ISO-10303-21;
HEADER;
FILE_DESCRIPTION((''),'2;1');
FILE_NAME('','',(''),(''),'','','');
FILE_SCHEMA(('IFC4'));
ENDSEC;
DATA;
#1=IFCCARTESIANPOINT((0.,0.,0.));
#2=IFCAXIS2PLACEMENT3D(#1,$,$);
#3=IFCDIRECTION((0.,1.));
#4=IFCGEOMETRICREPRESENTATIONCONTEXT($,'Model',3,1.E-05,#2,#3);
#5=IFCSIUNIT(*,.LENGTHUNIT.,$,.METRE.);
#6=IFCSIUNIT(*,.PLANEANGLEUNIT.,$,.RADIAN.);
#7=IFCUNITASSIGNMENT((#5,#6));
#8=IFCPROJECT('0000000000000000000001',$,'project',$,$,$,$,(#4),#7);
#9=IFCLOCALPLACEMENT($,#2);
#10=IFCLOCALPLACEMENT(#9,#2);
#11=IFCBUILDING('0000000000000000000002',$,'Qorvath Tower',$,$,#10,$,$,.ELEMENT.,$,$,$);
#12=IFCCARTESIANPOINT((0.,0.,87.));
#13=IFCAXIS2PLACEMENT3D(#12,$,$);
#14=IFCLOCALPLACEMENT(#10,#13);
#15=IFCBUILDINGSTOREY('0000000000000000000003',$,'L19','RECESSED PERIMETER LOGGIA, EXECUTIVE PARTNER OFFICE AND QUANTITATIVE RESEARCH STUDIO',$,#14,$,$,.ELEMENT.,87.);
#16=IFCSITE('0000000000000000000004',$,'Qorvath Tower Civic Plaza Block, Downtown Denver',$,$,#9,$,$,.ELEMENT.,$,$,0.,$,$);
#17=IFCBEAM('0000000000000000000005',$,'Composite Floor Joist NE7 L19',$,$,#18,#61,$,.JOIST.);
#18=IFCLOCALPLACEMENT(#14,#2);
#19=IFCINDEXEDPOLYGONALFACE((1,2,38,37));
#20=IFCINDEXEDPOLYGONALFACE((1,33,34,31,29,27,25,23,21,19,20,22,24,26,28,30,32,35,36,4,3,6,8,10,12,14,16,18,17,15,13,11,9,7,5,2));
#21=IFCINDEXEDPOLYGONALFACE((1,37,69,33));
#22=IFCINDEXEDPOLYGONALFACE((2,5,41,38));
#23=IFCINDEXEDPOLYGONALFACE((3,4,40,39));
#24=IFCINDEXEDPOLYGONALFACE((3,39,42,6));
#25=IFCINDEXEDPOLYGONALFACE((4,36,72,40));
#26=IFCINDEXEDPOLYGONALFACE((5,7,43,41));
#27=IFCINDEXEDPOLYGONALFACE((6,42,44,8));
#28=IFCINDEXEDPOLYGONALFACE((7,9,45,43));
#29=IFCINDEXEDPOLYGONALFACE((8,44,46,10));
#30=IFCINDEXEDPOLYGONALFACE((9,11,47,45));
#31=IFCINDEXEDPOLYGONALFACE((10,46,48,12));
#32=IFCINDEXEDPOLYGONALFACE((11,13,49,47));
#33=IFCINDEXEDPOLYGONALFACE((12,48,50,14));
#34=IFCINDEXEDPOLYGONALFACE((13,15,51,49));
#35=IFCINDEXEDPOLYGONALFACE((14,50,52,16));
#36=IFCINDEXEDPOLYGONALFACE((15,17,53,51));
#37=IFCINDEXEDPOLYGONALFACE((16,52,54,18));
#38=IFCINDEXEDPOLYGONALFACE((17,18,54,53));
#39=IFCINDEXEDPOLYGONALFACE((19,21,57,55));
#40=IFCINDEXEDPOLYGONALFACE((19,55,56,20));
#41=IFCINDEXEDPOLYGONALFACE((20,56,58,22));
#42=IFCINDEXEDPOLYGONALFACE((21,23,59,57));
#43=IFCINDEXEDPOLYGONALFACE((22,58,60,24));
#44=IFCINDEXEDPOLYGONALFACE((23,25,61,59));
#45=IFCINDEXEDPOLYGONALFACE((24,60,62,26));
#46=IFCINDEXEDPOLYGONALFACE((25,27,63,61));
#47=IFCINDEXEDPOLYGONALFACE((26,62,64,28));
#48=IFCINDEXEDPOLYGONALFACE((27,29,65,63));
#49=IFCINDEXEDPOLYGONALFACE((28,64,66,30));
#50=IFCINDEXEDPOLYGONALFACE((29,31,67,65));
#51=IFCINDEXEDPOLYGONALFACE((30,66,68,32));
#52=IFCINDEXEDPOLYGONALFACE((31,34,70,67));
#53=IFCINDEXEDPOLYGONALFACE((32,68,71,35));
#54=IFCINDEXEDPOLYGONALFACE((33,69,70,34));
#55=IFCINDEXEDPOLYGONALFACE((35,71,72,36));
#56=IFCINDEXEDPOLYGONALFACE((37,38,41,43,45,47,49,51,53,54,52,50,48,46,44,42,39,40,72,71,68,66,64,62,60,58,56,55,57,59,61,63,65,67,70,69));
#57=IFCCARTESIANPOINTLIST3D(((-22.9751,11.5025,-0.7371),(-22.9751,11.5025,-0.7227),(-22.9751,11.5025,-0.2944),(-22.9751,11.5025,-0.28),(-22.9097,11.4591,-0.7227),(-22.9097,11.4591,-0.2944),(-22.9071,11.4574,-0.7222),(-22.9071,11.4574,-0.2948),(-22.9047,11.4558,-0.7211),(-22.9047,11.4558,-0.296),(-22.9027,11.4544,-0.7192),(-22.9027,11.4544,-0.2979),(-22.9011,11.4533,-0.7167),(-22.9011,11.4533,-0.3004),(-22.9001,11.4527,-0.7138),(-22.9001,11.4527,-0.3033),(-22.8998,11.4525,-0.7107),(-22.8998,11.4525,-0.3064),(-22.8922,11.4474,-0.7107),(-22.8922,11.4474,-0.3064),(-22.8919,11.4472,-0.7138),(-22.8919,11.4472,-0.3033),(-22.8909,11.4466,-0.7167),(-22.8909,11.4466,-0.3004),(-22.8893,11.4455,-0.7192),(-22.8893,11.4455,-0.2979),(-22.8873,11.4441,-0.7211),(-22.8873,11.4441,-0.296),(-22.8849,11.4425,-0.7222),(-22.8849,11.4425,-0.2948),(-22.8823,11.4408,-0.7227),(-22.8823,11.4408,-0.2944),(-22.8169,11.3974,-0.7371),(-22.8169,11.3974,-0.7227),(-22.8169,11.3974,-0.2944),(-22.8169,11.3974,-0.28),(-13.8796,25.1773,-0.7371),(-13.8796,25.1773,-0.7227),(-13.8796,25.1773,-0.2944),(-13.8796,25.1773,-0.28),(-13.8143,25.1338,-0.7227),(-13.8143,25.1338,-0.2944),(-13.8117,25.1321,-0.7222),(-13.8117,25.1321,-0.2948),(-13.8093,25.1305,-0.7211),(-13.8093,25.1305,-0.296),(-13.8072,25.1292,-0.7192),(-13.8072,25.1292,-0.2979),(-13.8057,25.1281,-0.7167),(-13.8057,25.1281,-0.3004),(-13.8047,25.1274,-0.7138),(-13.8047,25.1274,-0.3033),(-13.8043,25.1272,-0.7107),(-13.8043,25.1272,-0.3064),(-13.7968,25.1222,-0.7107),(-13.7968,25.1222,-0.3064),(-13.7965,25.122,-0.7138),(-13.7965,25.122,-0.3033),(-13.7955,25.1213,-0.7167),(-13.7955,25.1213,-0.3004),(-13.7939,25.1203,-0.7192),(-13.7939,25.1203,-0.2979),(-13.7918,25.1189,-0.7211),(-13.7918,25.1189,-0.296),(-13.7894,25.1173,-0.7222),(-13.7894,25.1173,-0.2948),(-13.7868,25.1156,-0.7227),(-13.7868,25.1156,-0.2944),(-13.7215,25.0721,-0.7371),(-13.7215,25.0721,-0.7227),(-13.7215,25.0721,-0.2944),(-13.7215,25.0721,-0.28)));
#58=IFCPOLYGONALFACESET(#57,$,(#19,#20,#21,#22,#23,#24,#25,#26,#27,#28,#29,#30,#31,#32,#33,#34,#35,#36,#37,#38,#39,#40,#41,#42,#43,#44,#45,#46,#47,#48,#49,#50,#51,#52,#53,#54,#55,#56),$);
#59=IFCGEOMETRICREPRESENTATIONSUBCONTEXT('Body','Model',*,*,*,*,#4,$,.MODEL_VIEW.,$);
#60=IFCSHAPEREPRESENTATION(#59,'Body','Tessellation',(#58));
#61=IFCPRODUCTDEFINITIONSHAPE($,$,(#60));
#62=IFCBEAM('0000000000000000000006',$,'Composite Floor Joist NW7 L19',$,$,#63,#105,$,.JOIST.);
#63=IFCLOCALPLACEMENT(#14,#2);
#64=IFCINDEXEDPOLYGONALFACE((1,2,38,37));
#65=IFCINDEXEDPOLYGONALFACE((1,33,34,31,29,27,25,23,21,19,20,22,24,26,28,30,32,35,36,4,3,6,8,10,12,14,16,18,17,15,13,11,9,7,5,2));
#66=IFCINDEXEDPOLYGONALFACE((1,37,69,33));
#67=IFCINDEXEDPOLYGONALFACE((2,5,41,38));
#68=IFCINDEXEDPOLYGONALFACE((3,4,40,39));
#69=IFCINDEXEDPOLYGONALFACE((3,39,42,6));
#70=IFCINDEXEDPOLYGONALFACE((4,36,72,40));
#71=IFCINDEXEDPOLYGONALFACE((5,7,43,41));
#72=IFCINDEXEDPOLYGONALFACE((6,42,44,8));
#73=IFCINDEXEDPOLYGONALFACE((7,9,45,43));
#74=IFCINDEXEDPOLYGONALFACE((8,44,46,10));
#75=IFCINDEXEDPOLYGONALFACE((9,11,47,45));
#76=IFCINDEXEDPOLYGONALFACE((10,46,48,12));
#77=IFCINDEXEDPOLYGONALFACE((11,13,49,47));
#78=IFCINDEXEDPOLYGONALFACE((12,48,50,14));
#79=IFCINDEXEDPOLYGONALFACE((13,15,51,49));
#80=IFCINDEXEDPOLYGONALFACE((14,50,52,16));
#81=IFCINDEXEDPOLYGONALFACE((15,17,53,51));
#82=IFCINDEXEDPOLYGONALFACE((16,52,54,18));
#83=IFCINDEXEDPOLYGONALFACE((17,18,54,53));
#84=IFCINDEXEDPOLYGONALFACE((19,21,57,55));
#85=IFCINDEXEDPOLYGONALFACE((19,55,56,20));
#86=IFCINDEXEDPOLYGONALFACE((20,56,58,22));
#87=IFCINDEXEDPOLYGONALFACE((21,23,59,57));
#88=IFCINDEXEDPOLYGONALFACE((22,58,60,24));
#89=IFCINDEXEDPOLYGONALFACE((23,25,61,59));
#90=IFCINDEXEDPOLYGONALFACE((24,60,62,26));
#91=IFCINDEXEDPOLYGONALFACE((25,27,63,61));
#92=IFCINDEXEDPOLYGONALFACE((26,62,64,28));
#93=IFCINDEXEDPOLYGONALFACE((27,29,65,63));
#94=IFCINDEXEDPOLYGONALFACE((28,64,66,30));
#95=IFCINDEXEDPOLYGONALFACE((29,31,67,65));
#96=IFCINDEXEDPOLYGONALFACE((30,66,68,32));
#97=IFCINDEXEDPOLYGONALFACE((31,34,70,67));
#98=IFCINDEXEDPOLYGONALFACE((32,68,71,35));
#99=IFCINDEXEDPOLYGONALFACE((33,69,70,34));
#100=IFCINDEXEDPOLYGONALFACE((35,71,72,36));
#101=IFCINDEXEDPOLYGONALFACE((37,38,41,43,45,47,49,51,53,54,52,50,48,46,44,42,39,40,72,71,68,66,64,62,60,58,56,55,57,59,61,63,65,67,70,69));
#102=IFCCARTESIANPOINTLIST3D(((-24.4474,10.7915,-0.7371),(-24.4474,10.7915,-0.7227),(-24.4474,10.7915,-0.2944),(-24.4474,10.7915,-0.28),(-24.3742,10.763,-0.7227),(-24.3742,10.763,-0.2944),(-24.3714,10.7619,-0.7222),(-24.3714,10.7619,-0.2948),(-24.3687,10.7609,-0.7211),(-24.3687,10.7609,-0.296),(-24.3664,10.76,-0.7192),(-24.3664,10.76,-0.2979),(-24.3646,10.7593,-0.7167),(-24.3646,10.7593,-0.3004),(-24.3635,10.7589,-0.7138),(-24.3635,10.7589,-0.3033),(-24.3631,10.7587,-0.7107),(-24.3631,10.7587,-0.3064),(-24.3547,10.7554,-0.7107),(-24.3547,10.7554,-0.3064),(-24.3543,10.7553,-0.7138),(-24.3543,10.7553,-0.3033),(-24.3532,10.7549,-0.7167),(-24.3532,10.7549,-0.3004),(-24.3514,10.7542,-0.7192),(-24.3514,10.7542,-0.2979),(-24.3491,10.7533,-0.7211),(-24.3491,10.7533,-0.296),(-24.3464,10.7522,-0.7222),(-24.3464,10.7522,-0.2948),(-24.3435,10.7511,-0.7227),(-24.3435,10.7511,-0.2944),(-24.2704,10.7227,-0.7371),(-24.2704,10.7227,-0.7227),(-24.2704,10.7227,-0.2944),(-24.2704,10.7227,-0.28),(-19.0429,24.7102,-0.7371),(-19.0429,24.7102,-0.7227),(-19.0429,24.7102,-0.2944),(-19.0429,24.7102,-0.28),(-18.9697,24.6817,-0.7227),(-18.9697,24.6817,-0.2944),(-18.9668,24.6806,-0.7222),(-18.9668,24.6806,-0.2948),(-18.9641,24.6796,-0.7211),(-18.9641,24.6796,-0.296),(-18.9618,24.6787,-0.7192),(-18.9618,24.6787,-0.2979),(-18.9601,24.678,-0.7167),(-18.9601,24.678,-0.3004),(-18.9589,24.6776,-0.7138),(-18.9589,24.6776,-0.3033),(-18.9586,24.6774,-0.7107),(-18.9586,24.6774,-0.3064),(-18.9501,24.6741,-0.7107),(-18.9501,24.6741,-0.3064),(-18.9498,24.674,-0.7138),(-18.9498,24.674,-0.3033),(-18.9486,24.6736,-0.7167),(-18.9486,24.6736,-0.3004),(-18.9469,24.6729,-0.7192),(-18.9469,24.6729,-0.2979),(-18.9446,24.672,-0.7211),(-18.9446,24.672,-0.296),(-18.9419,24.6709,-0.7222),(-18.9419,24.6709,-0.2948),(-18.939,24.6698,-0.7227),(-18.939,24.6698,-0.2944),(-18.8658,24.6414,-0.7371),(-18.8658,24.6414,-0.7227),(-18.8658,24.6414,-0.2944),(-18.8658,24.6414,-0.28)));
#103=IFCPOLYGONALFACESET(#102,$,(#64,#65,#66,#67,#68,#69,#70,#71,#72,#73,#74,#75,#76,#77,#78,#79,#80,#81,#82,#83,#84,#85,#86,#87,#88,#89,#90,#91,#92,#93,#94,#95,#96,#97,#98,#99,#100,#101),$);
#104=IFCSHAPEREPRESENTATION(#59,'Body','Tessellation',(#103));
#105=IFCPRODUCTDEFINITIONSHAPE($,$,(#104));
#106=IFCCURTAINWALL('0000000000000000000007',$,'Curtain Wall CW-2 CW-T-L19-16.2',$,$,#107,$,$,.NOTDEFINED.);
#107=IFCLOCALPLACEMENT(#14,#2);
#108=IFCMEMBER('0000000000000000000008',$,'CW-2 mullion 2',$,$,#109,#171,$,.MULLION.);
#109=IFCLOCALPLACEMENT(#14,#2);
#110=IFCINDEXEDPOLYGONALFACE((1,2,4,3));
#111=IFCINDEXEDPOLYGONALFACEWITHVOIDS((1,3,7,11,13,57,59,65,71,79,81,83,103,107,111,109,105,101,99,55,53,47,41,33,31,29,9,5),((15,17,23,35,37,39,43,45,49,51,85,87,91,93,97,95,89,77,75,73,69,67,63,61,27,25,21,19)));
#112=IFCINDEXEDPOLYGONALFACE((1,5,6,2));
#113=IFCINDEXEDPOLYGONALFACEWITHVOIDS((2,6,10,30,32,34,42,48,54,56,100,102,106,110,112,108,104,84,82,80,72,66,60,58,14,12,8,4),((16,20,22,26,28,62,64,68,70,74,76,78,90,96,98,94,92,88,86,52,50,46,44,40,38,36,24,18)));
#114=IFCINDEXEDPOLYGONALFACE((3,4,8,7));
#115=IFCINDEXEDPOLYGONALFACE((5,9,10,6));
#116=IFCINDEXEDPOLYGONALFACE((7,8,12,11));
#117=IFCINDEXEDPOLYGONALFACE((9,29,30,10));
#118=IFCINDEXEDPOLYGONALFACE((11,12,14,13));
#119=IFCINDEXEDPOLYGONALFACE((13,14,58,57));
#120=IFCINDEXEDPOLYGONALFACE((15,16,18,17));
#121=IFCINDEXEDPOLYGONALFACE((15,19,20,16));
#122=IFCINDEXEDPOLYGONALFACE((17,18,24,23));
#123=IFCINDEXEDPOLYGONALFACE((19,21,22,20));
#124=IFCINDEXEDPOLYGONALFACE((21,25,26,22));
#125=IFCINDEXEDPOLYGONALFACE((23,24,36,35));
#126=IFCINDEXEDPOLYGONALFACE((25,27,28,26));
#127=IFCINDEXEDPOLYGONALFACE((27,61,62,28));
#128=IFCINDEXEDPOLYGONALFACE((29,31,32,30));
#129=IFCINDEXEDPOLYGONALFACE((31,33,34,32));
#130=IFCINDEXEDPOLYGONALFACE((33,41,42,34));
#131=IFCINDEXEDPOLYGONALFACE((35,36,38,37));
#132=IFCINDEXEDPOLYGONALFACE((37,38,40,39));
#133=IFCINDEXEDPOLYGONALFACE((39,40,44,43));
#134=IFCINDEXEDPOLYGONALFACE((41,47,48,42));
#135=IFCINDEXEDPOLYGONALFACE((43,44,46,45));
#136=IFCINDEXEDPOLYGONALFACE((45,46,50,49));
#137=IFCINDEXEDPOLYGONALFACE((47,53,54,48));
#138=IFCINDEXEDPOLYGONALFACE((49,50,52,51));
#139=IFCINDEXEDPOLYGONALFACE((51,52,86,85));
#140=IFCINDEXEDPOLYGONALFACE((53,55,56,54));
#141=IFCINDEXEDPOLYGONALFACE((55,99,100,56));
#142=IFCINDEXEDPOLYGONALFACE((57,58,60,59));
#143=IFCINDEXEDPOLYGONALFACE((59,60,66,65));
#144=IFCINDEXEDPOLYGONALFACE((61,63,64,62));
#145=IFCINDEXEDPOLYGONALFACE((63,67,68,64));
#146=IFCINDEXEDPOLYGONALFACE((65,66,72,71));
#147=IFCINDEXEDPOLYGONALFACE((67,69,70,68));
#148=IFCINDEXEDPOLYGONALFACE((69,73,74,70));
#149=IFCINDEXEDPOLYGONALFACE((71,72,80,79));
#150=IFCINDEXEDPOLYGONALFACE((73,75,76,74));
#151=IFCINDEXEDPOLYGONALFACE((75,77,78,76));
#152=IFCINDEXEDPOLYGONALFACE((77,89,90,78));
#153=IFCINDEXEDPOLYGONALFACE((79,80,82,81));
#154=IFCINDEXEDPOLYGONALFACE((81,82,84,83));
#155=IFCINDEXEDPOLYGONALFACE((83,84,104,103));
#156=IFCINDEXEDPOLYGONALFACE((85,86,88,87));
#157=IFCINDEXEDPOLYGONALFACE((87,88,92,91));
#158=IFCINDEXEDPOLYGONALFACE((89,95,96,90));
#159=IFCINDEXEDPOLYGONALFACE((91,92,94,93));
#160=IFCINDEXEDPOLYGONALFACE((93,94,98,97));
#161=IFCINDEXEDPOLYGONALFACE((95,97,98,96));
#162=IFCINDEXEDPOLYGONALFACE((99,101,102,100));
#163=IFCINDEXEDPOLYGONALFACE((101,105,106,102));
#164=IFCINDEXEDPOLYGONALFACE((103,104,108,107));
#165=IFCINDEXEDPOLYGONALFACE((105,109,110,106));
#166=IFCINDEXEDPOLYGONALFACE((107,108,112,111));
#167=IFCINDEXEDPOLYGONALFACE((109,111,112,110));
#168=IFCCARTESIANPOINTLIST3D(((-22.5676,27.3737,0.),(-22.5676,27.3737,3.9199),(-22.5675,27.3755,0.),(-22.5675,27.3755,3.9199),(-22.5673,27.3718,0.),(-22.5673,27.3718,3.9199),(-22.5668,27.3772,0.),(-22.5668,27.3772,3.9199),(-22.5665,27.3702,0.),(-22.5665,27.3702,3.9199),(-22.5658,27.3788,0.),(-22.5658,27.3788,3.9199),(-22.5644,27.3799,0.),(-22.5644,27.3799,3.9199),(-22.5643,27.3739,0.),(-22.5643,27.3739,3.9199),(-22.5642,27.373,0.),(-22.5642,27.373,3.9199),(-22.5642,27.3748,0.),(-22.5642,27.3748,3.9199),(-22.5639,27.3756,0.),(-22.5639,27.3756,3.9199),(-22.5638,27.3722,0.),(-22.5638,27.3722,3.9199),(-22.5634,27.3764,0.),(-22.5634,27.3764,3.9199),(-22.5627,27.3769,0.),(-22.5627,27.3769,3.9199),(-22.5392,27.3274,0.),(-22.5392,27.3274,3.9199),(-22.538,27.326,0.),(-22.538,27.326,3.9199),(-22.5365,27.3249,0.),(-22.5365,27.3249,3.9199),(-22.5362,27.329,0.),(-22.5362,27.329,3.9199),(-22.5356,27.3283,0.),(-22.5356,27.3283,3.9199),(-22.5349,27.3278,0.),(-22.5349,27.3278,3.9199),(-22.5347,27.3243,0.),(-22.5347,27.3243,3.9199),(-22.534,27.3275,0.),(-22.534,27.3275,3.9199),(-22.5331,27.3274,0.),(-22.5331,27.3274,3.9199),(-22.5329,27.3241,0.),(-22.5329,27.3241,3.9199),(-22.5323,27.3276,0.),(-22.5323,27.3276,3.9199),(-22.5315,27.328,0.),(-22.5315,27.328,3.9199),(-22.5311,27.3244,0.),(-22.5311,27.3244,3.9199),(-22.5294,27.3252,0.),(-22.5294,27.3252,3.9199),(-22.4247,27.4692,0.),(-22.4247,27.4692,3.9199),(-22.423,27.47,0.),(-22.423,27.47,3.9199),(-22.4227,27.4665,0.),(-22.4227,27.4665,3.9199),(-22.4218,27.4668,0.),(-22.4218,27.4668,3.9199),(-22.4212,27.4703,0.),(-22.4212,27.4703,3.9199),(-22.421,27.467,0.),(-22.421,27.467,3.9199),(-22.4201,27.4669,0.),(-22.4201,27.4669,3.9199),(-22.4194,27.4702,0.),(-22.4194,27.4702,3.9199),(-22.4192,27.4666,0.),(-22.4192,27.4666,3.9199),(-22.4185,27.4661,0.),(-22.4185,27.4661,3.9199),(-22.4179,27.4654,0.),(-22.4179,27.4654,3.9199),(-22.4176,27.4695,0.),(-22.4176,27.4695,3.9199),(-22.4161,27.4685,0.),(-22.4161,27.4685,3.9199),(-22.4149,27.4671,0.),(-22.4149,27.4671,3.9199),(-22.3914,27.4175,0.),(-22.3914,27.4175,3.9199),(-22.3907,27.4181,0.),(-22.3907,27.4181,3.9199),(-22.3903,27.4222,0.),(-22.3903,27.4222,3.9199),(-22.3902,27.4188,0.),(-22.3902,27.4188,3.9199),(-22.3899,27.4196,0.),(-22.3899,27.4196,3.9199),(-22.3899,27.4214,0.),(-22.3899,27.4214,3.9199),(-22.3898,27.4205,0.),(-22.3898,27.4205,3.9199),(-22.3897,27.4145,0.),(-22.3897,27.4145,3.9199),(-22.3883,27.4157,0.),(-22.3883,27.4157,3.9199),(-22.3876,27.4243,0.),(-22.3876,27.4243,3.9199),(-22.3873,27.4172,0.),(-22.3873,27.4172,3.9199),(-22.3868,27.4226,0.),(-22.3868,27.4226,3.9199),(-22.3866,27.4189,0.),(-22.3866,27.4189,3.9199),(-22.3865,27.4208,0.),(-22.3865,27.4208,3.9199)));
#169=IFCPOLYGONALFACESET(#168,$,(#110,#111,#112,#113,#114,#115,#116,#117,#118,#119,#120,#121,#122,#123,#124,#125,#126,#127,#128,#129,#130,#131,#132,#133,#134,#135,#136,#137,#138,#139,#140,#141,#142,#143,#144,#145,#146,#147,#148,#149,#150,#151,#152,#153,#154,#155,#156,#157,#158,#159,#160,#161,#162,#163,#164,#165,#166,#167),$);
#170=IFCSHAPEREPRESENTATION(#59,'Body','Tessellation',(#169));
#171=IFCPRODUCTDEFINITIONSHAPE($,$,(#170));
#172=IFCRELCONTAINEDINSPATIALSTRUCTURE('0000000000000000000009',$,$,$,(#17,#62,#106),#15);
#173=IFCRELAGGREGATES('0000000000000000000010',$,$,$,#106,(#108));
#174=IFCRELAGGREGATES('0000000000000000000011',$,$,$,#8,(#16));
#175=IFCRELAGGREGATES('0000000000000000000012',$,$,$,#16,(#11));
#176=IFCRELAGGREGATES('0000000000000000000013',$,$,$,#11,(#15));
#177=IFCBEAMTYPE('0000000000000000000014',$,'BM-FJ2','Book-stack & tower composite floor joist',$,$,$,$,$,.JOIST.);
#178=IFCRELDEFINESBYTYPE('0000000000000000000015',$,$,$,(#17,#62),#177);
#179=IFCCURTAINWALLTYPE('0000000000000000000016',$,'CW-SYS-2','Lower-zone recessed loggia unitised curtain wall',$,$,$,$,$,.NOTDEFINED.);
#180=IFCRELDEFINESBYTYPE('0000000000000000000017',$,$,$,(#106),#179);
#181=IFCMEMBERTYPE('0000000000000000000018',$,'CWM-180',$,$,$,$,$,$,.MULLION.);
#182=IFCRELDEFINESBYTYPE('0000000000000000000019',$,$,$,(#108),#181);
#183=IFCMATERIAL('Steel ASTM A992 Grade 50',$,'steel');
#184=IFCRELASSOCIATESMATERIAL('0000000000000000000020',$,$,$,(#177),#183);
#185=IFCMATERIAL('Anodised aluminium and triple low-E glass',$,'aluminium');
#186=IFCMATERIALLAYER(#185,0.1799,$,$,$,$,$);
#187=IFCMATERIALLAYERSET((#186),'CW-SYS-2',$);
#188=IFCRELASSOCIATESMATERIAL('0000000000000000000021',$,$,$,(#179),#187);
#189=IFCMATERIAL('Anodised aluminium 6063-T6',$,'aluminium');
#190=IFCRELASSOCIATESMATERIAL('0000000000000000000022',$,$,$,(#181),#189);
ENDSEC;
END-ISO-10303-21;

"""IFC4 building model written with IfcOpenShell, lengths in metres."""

from ifc_helpers import new_model, si_unit, direction, frame, origin, origin_2d, place, context, subcontext, project, spatial, hollow_rectangle, i_section, extrude, material, layer, layer_set, material_profile, profile_set, type_object, element, aggregate, save


model = new_model("IFC4")

# Units and contexts
model_context = context("Model", 3, precision=1e-05, world=origin(), true_north=direction((0.0, 1.0)))
body_context = subcontext(model_context, "Body", "Model", "MODEL_VIEW")
ifc_project = project(units=[si_unit("LENGTHUNIT", "METRE"), si_unit("PLANEANGLEUNIT", "RADIAN")], contexts=[model_context])

# Site, building, storey
site_placement = place(None, origin())
site = spatial("IfcSite", under=ifc_project, at=site_placement, Name="Qorvath Tower Civic Plaza Block, Downtown Denver", CompositionType="ELEMENT", RefElevation=0.0)
building_placement = place(site_placement, origin())
building = spatial("IfcBuilding", under=site, at=building_placement, Name="Qorvath Tower", CompositionType="ELEMENT")
storey_placement = place(building_placement, frame((0.0, 0.0, 87.0)))
storey = spatial("IfcBuildingStorey", under=building, at=storey_placement, Name="L19", Description="RECESSED PERIMETER LOGGIA, EXECUTIVE PARTNER OFFICE AND QUANTITATIVE RESEARCH STUDIO", CompositionType="ELEMENT", Elevation=87.0)

# Beams
ifc_material_1 = material(Name="Steel ASTM A992 Grade 50", Category="steel")
ifc_material_profile_1 = material_profile(ifc_material_1, i_section(OverallWidth=0.1899, OverallDepth=0.457, WebThickness=0.009, FlangeThickness=0.0144, FilletRadius=0.012, at=origin_2d()), Name="W18x50")
ifc_profile_set_1 = profile_set([ifc_material_profile_1], Name="Steel ASTM A992 Grade 50")
beam_type_1 = type_object("IfcBeamType", Name="BM-FJ2", Description="Book-stack & tower composite floor joist", PredefinedType="JOIST", material=ifc_profile_set_1)
beam_1_placement = place(storey_placement, frame((-22.896, 11.45, -0.5085), z_axis=(0.553811, 0.832642, 0.0), x_axis=(-0.832642, 0.553811, 0.0)))
element("IfcBeam", 1, at=beam_1_placement, inside=storey, type_object=beam_type_1, Name="Composite Floor Joist NE7 L19", PredefinedType="JOIST", context=body_context, shape_type="SweptSolid", body=[
    extrude(i_section(OverallWidth=0.1899, OverallDepth=0.457, WebThickness=0.009, FlangeThickness=0.0144, FilletRadius=0.012, at=origin_2d()), origin(), (0.0, 0.0, 1.0), 16.4233),
])
beam_2_placement = place(storey_placement, frame((-24.3589, 10.7571, -0.5085), z_axis=(0.361964, 0.932192, 0.0), x_axis=(-0.932192, 0.361964, 0.0)))
element("IfcBeam", 2, at=beam_2_placement, inside=storey, type_object=beam_type_1, Name="Composite Floor Joist NW7 L19", PredefinedType="JOIST", context=body_context, shape_type="SweptSolid", body=[
    extrude(i_section(OverallWidth=0.1899, OverallDepth=0.457, WebThickness=0.009, FlangeThickness=0.0144, FilletRadius=0.012, at=origin_2d()), origin(), (0.0, 0.0, 1.0), 14.9312),
])

# Curtain wall, member
ifc_material_2 = material(Name="Anodised aluminium and triple low-E glass", Category="aluminium")
ifc_layer_1 = layer(ifc_material_2, 0.1799)
ifc_layer_set_1 = layer_set([ifc_layer_1], Name="CW-SYS-2")
curtain_wall_type = type_object("IfcCurtainWallType", Name="CW-SYS-2", Description="Lower-zone recessed loggia unitised curtain wall", PredefinedType="NOTDEFINED", material=ifc_layer_set_1)
curtain_wall_placement = place(storey_placement, origin())
curtain_wall = element("IfcCurtainWall", 3, at=curtain_wall_placement, inside=storey, type_object=curtain_wall_type, Name="Curtain Wall CW-2 CW-T-L19-16.2", PredefinedType="NOTDEFINED")
ifc_material_3 = material(Name="Anodised aluminium 6063-T6", Category="aluminium")
ifc_material_profile_2 = material_profile(ifc_material_3, hollow_rectangle(XDim=0.0649, YDim=0.1799, WallThickness=0.0034, InnerFilletRadius=0.0034, OuterFilletRadius=0.0071, at=origin_2d()), Name="CWM 180x65")
ifc_profile_set_2 = profile_set([ifc_material_profile_2], Name="Anodised aluminium 6063-T6")
member_type_1 = type_object("IfcMemberType", Name="CWM-180", PredefinedType="MULLION", material=ifc_profile_set_2)
member_1_placement = place(storey_placement, frame((-22.4771, 27.3972, 0.0), z_axis=(0.0, 0.0, 1.0), x_axis=(0.538531, -0.842606, 0.0)))
member_1 = element("IfcMember", 4, at=member_1_placement, type_object=member_type_1, Name="CW-2 mullion 2", PredefinedType="MULLION", context=body_context, shape_type="SweptSolid", body=[
    extrude(hollow_rectangle(XDim=0.0649, YDim=0.1799, WallThickness=0.0034, InnerFilletRadius=0.0034, OuterFilletRadius=0.0071, at=origin_2d()), origin(), (0.0, 0.0, 1.0), 3.9199),
])
aggregate(curtain_wall, [member_1])

save(model, "model.ifc")
